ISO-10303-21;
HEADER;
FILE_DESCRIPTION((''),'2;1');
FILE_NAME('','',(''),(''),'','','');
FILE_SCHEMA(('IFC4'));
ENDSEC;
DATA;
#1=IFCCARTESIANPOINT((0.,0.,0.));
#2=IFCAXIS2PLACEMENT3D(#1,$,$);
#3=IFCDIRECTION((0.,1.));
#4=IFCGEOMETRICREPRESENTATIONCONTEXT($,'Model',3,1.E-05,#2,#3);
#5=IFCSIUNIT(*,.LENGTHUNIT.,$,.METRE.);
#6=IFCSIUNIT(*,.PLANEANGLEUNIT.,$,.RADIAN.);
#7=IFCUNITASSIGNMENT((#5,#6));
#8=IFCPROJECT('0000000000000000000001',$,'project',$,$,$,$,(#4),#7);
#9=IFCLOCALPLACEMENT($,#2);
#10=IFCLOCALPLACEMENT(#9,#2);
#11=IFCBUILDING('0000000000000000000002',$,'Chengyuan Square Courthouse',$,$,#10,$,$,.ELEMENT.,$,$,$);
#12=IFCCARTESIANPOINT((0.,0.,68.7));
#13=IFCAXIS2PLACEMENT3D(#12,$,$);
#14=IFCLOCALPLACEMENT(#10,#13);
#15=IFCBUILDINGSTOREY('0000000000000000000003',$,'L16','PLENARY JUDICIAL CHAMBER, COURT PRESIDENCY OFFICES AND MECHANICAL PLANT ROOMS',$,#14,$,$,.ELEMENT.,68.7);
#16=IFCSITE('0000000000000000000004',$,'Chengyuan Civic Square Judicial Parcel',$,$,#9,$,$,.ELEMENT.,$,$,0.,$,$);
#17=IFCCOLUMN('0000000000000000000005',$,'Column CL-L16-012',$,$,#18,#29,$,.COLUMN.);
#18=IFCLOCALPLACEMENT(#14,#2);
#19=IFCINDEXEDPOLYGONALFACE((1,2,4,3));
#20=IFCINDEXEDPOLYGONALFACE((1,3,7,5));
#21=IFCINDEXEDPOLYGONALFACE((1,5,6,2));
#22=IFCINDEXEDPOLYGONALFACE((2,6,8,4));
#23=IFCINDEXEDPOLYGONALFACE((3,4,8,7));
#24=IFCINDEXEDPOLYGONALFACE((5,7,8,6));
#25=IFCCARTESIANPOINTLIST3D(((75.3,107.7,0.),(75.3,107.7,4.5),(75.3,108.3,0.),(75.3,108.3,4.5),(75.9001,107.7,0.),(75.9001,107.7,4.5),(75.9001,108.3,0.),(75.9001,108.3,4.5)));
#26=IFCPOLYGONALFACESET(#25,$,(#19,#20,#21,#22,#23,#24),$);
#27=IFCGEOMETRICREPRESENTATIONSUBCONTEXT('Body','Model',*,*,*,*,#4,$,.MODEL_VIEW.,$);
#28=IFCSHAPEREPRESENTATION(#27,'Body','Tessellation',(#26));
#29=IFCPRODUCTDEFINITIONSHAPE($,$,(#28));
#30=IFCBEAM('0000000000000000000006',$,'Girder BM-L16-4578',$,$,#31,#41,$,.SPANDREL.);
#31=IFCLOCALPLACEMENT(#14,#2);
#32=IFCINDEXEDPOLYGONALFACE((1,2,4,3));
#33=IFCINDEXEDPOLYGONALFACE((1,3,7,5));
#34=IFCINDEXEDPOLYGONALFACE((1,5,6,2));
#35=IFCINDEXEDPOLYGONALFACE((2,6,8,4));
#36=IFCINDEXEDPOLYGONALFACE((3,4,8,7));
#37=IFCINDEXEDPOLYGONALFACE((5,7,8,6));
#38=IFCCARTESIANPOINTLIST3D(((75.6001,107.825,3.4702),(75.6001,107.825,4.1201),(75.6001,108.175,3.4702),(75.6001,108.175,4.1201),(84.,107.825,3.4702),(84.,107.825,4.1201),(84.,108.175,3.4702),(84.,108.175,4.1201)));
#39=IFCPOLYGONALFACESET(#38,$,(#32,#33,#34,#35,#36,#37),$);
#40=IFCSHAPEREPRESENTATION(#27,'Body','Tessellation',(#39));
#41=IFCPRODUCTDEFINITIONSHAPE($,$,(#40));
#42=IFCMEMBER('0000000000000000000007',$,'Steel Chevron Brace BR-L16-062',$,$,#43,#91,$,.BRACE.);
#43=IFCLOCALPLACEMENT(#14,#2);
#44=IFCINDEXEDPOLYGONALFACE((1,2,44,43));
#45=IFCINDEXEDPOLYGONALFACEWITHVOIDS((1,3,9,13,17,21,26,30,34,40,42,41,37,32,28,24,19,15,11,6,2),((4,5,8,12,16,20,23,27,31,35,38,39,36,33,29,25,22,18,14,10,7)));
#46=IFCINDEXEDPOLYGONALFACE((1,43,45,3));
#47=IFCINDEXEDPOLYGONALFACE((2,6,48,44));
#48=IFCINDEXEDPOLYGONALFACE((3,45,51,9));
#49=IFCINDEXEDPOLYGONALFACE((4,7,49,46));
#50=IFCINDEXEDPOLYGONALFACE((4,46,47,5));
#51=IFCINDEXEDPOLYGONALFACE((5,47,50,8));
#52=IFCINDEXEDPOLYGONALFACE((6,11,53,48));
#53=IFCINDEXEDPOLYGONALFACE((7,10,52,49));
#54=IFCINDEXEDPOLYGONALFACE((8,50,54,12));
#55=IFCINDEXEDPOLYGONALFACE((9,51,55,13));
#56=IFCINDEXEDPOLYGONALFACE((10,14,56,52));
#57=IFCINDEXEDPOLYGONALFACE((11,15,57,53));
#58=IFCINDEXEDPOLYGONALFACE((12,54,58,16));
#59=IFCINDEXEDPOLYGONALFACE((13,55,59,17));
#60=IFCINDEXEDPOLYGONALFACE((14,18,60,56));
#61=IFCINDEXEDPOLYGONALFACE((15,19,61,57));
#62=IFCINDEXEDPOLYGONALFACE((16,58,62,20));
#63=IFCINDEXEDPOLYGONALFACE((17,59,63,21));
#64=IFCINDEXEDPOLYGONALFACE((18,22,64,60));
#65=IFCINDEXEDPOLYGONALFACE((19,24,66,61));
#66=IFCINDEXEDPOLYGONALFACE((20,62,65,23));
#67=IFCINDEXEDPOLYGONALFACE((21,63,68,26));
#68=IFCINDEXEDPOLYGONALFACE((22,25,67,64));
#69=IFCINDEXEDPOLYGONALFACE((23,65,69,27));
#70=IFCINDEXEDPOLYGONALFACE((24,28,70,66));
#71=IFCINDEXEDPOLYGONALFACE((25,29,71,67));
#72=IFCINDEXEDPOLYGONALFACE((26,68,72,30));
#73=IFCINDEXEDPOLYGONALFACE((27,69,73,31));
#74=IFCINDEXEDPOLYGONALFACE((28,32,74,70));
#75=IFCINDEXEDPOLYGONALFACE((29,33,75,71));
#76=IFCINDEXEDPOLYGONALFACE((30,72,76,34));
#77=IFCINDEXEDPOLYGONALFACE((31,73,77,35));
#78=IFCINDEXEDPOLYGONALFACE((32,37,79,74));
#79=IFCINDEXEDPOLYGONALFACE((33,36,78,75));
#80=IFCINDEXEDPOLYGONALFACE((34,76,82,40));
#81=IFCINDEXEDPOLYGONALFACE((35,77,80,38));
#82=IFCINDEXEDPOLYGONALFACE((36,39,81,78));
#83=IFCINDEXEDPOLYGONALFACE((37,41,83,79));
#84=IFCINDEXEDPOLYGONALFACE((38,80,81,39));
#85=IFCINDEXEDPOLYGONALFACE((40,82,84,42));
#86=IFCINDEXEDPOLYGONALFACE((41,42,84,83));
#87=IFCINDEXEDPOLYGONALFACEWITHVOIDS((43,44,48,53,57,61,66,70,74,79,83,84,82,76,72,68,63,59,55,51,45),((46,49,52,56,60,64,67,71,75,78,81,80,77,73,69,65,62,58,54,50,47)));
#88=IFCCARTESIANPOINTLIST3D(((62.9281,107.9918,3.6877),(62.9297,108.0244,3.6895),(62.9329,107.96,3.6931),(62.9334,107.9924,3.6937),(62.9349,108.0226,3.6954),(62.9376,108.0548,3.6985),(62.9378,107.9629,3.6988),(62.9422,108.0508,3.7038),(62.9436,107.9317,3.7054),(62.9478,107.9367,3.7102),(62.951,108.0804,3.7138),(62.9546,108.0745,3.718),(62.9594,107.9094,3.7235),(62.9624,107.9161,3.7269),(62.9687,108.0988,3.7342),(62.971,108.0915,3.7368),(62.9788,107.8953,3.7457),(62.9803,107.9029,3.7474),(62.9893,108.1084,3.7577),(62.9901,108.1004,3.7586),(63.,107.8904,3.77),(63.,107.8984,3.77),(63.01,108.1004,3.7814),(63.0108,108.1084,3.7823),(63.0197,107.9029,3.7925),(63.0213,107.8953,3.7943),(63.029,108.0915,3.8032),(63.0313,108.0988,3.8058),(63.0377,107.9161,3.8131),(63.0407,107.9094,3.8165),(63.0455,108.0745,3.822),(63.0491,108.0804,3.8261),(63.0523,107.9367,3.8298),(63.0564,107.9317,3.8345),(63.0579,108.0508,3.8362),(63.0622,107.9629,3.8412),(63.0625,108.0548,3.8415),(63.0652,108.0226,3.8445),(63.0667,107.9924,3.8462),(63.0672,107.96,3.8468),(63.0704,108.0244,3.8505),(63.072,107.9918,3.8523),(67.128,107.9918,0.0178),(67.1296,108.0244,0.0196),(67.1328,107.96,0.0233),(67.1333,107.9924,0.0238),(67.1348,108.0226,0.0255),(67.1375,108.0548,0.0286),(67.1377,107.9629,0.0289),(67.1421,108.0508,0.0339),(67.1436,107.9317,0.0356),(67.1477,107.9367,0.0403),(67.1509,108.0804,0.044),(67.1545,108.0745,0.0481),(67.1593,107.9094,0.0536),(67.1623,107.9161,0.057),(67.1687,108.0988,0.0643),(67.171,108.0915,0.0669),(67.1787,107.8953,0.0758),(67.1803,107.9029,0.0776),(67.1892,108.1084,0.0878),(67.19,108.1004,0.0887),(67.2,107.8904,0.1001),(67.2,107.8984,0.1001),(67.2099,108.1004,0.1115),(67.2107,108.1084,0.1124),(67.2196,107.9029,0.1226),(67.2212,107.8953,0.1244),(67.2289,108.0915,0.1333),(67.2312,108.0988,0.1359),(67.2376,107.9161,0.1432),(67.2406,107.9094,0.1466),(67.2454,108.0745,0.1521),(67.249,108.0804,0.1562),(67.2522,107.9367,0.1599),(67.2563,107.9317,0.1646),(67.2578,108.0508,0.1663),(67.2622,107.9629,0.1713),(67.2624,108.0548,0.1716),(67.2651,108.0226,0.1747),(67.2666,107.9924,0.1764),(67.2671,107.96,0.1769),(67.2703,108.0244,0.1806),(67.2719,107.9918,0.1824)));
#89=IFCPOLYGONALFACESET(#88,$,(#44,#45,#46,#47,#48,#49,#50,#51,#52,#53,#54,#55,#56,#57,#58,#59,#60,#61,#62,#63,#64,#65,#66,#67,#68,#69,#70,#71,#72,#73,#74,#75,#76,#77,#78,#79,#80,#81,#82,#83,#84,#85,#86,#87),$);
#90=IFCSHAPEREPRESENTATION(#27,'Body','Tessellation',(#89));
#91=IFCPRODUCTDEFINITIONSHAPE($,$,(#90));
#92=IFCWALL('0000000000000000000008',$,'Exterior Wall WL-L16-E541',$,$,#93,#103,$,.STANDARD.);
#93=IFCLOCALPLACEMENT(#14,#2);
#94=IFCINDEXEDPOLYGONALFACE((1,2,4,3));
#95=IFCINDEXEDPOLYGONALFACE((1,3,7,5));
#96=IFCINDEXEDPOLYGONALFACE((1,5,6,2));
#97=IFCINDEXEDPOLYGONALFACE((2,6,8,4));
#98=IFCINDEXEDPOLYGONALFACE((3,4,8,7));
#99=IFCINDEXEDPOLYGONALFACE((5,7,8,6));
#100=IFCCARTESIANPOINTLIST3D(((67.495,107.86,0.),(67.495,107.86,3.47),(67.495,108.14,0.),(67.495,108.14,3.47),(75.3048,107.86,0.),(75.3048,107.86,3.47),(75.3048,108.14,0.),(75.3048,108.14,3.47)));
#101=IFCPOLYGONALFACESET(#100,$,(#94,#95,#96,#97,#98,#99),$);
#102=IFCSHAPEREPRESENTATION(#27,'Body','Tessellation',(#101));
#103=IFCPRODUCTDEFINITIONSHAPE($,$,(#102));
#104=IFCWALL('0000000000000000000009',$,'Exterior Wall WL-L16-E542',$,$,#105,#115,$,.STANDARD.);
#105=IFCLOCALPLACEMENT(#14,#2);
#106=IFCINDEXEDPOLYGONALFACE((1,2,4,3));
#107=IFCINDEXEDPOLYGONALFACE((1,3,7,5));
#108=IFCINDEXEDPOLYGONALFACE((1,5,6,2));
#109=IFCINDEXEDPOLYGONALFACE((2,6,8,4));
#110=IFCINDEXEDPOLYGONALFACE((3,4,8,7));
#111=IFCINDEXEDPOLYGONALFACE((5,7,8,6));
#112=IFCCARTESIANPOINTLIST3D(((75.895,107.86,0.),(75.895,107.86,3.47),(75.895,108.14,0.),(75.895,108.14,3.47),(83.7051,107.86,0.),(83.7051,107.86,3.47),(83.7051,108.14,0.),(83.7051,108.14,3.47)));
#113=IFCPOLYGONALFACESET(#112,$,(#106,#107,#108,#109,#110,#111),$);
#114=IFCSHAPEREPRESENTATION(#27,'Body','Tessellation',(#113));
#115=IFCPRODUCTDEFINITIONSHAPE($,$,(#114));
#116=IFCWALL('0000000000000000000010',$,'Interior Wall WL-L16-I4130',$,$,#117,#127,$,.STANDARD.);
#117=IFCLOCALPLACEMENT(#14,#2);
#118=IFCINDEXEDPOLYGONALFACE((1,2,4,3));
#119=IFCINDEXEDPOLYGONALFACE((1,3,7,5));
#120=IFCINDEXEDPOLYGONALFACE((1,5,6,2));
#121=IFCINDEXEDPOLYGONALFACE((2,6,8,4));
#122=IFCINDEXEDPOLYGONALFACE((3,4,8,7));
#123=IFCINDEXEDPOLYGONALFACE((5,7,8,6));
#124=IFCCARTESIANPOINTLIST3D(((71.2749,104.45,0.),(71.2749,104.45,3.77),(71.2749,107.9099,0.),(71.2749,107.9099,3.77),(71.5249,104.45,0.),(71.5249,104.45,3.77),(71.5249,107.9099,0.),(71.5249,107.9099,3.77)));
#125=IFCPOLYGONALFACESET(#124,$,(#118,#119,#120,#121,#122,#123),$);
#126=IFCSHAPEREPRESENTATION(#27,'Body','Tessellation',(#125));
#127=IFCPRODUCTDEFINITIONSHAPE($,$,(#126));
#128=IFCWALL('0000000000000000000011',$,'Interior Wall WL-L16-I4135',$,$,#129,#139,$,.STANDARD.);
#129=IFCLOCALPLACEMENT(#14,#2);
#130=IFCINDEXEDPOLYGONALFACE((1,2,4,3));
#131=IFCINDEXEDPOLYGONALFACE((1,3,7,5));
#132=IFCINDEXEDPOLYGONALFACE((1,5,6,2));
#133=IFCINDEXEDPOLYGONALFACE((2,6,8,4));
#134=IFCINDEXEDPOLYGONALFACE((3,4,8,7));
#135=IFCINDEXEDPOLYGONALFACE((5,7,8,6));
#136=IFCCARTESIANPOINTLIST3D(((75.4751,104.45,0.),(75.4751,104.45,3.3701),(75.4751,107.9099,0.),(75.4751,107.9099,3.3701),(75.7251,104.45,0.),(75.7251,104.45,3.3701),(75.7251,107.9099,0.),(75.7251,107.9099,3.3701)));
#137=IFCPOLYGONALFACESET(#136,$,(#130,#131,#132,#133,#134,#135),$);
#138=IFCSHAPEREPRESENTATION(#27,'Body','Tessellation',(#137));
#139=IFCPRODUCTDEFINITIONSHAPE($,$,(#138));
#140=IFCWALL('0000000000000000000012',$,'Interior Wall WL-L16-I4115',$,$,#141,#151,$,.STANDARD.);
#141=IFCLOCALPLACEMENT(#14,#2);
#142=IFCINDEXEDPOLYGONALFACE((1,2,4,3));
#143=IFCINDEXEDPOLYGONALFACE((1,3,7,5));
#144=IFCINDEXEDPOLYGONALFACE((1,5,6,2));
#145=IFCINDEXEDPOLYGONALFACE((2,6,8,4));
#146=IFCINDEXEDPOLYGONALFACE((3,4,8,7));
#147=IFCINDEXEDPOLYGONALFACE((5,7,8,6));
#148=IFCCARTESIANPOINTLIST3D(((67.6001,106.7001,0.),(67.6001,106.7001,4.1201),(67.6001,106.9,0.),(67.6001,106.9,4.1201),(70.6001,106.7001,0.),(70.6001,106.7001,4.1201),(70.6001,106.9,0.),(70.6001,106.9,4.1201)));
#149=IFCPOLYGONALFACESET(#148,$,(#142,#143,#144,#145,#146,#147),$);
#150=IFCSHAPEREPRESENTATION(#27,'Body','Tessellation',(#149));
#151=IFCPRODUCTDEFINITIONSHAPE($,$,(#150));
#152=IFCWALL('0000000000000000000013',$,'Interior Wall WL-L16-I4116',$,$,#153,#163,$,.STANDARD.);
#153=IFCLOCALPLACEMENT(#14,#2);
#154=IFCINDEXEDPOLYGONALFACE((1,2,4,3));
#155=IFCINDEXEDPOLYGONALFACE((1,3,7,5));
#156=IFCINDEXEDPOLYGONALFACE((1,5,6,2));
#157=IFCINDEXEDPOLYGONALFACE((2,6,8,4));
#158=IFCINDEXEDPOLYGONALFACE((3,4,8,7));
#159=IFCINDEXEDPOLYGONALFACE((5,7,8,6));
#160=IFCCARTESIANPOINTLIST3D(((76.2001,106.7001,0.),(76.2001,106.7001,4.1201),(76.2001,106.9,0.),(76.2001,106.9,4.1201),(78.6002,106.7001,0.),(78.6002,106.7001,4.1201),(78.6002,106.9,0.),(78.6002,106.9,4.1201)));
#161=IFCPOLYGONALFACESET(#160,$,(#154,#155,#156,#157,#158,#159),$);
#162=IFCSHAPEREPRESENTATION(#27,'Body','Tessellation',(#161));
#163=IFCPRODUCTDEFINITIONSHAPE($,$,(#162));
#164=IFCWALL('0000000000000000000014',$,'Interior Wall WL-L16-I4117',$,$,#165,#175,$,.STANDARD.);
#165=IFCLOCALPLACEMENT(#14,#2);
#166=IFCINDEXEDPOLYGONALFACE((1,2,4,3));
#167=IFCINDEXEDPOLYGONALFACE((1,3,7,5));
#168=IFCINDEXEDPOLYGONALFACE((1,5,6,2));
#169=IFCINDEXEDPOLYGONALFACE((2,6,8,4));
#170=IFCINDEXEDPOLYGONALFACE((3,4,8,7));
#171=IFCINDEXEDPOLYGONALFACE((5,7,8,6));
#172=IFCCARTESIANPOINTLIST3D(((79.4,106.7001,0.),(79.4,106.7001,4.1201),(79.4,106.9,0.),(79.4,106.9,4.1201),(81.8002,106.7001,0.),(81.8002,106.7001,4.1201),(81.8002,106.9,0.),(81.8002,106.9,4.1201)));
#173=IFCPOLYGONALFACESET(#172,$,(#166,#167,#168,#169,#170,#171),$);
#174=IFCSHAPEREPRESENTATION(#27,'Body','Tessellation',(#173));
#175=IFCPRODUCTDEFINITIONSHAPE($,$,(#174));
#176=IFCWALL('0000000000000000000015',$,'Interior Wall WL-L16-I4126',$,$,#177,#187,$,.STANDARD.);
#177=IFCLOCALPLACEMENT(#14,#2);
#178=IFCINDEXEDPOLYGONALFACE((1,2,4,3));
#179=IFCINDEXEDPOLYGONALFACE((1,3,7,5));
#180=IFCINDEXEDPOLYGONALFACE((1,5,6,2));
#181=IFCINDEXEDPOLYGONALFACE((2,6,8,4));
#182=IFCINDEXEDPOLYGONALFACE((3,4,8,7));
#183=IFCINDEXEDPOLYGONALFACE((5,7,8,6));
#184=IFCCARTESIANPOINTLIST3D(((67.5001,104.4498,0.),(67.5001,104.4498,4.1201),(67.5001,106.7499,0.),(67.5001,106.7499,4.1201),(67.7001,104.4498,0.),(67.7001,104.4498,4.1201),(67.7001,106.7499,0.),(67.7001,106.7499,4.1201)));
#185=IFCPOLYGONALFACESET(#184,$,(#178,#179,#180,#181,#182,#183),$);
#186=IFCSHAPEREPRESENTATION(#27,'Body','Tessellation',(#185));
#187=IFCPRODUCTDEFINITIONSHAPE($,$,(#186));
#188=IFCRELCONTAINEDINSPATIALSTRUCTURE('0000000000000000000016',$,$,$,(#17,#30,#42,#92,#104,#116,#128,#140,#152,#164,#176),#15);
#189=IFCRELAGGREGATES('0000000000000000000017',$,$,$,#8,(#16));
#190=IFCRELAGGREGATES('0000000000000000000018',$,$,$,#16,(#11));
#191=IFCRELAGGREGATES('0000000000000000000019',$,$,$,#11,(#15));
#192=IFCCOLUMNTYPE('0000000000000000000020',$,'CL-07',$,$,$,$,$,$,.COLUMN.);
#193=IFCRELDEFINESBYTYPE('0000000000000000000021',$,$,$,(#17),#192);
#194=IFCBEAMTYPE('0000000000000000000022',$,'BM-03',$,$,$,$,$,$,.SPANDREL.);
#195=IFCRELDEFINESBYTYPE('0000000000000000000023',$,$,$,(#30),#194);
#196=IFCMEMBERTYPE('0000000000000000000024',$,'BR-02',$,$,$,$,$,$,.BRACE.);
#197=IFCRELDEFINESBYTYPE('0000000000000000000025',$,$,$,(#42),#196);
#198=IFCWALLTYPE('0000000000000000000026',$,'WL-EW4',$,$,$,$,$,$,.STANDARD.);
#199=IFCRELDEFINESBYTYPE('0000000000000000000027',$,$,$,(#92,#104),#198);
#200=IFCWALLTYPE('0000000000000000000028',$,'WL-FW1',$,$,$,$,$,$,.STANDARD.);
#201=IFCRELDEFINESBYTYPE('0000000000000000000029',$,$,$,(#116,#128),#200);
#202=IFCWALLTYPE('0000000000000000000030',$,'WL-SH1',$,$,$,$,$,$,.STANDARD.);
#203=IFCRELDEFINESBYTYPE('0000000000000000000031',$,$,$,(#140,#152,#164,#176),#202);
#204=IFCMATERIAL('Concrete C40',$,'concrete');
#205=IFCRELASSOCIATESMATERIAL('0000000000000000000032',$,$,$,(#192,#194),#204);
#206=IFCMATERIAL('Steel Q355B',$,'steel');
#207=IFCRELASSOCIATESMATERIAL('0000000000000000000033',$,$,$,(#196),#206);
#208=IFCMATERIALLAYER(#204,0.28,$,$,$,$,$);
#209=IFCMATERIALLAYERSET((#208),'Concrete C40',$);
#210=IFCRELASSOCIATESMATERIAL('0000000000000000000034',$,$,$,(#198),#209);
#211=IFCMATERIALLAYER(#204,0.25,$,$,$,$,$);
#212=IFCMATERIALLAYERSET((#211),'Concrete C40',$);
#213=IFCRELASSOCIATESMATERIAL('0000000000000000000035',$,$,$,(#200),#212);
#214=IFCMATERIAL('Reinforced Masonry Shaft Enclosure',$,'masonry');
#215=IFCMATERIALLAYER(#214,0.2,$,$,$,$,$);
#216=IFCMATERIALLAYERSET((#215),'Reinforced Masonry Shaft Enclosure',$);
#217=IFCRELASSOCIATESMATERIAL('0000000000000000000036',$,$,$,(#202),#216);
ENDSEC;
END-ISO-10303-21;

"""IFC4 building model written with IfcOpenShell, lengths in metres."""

from ifc_helpers import new_model, si_unit, direction, frame, frame_2d, origin, origin_2d, place, context, subcontext, project, spatial, rectangle, hollow_circle, extrude, material, layer, layer_set, material_profile, profile_set, type_object, element, save


model = new_model("IFC4")

# Units and contexts
model_context = context("Model", 3, precision=1e-05, world=origin(), true_north=direction((0.0, 1.0)))
body_context = subcontext(model_context, "Body", "Model", "MODEL_VIEW")
ifc_project = project(units=[si_unit("LENGTHUNIT", "METRE"), si_unit("PLANEANGLEUNIT", "RADIAN")], contexts=[model_context])

# Site, building, storey
site_placement = place(None, origin())
site = spatial("IfcSite", under=ifc_project, at=site_placement, Name="Chengyuan Civic Square Judicial Parcel", CompositionType="ELEMENT", RefElevation=0.0)
building_placement = place(site_placement, origin())
building = spatial("IfcBuilding", under=site, at=building_placement, Name="Chengyuan Square Courthouse", CompositionType="ELEMENT")
storey_placement = place(building_placement, frame((0.0, 0.0, 68.7)))
storey = spatial("IfcBuildingStorey", under=building, at=storey_placement, Name="L16", Description="PLENARY JUDICIAL CHAMBER, COURT PRESIDENCY OFFICES AND MECHANICAL PLANT ROOMS", CompositionType="ELEMENT", Elevation=68.7)

# Column
ifc_material_1 = material(Name="Concrete C40", Category="concrete")
ifc_material_profile_1 = material_profile(ifc_material_1, rectangle(XDim=0.6001, YDim=0.6001, at=origin_2d()), Name="RC-COL-600x600")
ifc_profile_set_1 = profile_set([ifc_material_profile_1], Name="Concrete C40")
column_type = type_object("IfcColumnType", Name="CL-07", PredefinedType="COLUMN", material=ifc_profile_set_1)
column_placement = place(storey_placement, frame((75.6001, 108.0, 0.0), z_axis=(0.0, 0.0, 1.0), x_axis=(1.0, 0.0, 0.0)))
element("IfcColumn", 1, at=column_placement, inside=storey, type_object=column_type, Name="Column CL-L16-012", PredefinedType="COLUMN", context=body_context, shape_type="SweptSolid", body=[
    extrude(rectangle(XDim=0.6001, YDim=0.6001, at=origin_2d()), origin(), (0.0, 0.0, 1.0), 4.5),
])

# Beam
ifc_material_profile_2 = material_profile(ifc_material_1, rectangle(XDim=0.3501, YDim=0.6499, at=origin_2d()), Name="RC-BM-350x650")
ifc_profile_set_2 = profile_set([ifc_material_profile_2], Name="Concrete C40")
beam_type = type_object("IfcBeamType", Name="BM-03", PredefinedType="SPANDREL", material=ifc_profile_set_2)
beam_placement = place(storey_placement, frame((75.6001, 108.0, 3.7952), z_axis=(1.0, 0.0, 0.0), x_axis=(0.0, 1.0, 0.0)))
element("IfcBeam", 2, at=beam_placement, inside=storey, type_object=beam_type, Name="Girder BM-L16-4578", PredefinedType="SPANDREL", context=body_context, shape_type="SweptSolid", body=[
    extrude(rectangle(XDim=0.3501, YDim=0.6499, at=origin_2d()), origin(), (0.0, 0.0, 1.0), 8.3999),
])

# Member
ifc_material_2 = material(Name="Steel Q355B", Category="steel")
ifc_material_profile_3 = material_profile(ifc_material_2, hollow_circle(Radius=0.1096, WallThickness=0.0081, at=origin_2d()), Name="CHS 219x8")
ifc_profile_set_3 = profile_set([ifc_material_profile_3], Name="Steel Q355B")
member_type = type_object("IfcMemberType", Name="BR-02", PredefinedType="BRACE", material=ifc_profile_set_3)
member_placement = place(storey_placement, frame((67.2, 108.0, 0.1001), z_axis=(-0.753024, 0.0, 0.657993), x_axis=(0.0, -1.0, 0.0)))
element("IfcMember", 3, at=member_placement, inside=storey, type_object=member_type, Name="Steel Chevron Brace BR-L16-062", PredefinedType="BRACE", context=body_context, shape_type="SweptSolid", body=[
    extrude(hollow_circle(Radius=0.1096, WallThickness=0.0081, at=origin_2d()), origin(), (0.0, 0.0, 1.0), 5.5774),
])

# Walls
ifc_layer_1 = layer(ifc_material_1, 0.28)
ifc_layer_set_1 = layer_set([ifc_layer_1], Name="Concrete C40")
wall_type_1 = type_object("IfcWallType", Name="WL-EW4", PredefinedType="STANDARD", material=ifc_layer_set_1)
wall_1_placement = place(storey_placement, frame((67.4951, 108.0, 0.0), z_axis=(0.0, 0.0, 1.0), x_axis=(1.0, 0.0, 0.0)))
element("IfcWall", 4, at=wall_1_placement, inside=storey, type_object=wall_type_1, Name="Exterior Wall WL-L16-E541", PredefinedType="STANDARD", context=body_context, shape_type="SweptSolid", body=[
    extrude(rectangle(XDim=7.8098, YDim=0.28, at=frame_2d((3.9048, 0.0))), origin(), (0.0, 0.0, 1.0), 3.47),
])
wall_2_placement = place(storey_placement, frame((75.895, 108.0, 0.0), z_axis=(0.0, 0.0, 1.0), x_axis=(1.0, 0.0, 0.0)))
element("IfcWall", 5, at=wall_2_placement, inside=storey, type_object=wall_type_1, Name="Exterior Wall WL-L16-E542", PredefinedType="STANDARD", context=body_context, shape_type="SweptSolid", body=[
    extrude(rectangle(XDim=7.8101, YDim=0.28, at=frame_2d((3.905, 0.0))), origin(), (0.0, 0.0, 1.0), 3.47),
])
ifc_layer_2 = layer(ifc_material_1, 0.25)
ifc_layer_set_2 = layer_set([ifc_layer_2], Name="Concrete C40")
wall_type_2 = type_object("IfcWallType", Name="WL-FW1", PredefinedType="STANDARD", material=ifc_layer_set_2)
wall_3_placement = place(storey_placement, frame((71.3999, 104.45, 0.0), z_axis=(0.0, 0.0, 1.0), x_axis=(0.0, 1.0, 0.0)))
element("IfcWall", 6, at=wall_3_placement, inside=storey, type_object=wall_type_2, Name="Interior Wall WL-L16-I4130", PredefinedType="STANDARD", context=body_context, shape_type="SweptSolid", body=[
    extrude(rectangle(XDim=3.46, YDim=0.25, at=frame_2d((1.73, 0.0))), origin(), (0.0, 0.0, 1.0), 3.77),
])
wall_4_placement = place(storey_placement, frame((75.6001, 104.45, 0.0), z_axis=(0.0, 0.0, 1.0), x_axis=(0.0, 1.0, 0.0)))
element("IfcWall", 7, at=wall_4_placement, inside=storey, type_object=wall_type_2, Name="Interior Wall WL-L16-I4135", PredefinedType="STANDARD", context=body_context, shape_type="SweptSolid", body=[
    extrude(rectangle(XDim=3.46, YDim=0.25, at=frame_2d((1.73, 0.0))), origin(), (0.0, 0.0, 1.0), 3.3701),
])

# Shared definitions
ifc_material_3 = material(Name="Reinforced Masonry Shaft Enclosure", Category="masonry")
ifc_layer_3 = layer(ifc_material_3, 0.2)
ifc_layer_set_3 = layer_set([ifc_layer_3], Name="Reinforced Masonry Shaft Enclosure")
wall_type_3 = type_object("IfcWallType", Name="WL-SH1", PredefinedType="STANDARD", material=ifc_layer_set_3)

# Walls
wall_5_placement = place(storey_placement, frame((67.6001, 106.8, 0.0), z_axis=(0.0, 0.0, 1.0), x_axis=(1.0, 0.0, 0.0)))
element("IfcWall", 8, at=wall_5_placement, inside=storey, type_object=wall_type_3, Name="Interior Wall WL-L16-I4115", PredefinedType="STANDARD", context=body_context, shape_type="SweptSolid", body=[
    extrude(rectangle(XDim=3.0, YDim=0.2, at=frame_2d((1.5, 0.0))), origin(), (0.0, 0.0, 1.0), 4.1201),
])
for number, where, z_axis, x_axis, name in (
    (9, (76.2, 106.8, 0.0), (0.0, 0.0, 1.0), (1.0, 0.0, 0.0), "Interior Wall WL-L16-I4116"),
    (10, (79.3999, 106.8, 0.0), (0.0, 0.0, 1.0), (1.0, 0.0, 0.0), "Interior Wall WL-L16-I4117"),
):
    element("IfcWall", number, at=place(storey_placement, frame(where, z_axis=z_axis, x_axis=x_axis)), inside=storey, type_object=wall_type_3, Name=name, PredefinedType="STANDARD", context=body_context, shape_type="SweptSolid", body=[
        extrude(rectangle(XDim=2.4001, YDim=0.2, at=frame_2d((1.2002, 0.0))), origin(), (0.0, 0.0, 1.0), 4.1201),
    ])
for number, where, z_axis, x_axis, name in (
    (11, (67.6001, 104.45, 0.0), (0.0, 0.0, 1.0), (0.0, 1.0, 0.0), "Interior Wall WL-L16-I4126"),
):
    element("IfcWall", number, at=place(storey_placement, frame(where, z_axis=z_axis, x_axis=x_axis)), inside=storey, type_object=wall_type_3, Name=name, PredefinedType="STANDARD", context=body_context, shape_type="SweptSolid", body=[
        extrude(rectangle(XDim=2.3, YDim=0.2, at=frame_2d((1.1499, 0.0))), origin(), (0.0, 0.0, 1.0), 4.1201),
    ])

save(model, "model.ifc")
